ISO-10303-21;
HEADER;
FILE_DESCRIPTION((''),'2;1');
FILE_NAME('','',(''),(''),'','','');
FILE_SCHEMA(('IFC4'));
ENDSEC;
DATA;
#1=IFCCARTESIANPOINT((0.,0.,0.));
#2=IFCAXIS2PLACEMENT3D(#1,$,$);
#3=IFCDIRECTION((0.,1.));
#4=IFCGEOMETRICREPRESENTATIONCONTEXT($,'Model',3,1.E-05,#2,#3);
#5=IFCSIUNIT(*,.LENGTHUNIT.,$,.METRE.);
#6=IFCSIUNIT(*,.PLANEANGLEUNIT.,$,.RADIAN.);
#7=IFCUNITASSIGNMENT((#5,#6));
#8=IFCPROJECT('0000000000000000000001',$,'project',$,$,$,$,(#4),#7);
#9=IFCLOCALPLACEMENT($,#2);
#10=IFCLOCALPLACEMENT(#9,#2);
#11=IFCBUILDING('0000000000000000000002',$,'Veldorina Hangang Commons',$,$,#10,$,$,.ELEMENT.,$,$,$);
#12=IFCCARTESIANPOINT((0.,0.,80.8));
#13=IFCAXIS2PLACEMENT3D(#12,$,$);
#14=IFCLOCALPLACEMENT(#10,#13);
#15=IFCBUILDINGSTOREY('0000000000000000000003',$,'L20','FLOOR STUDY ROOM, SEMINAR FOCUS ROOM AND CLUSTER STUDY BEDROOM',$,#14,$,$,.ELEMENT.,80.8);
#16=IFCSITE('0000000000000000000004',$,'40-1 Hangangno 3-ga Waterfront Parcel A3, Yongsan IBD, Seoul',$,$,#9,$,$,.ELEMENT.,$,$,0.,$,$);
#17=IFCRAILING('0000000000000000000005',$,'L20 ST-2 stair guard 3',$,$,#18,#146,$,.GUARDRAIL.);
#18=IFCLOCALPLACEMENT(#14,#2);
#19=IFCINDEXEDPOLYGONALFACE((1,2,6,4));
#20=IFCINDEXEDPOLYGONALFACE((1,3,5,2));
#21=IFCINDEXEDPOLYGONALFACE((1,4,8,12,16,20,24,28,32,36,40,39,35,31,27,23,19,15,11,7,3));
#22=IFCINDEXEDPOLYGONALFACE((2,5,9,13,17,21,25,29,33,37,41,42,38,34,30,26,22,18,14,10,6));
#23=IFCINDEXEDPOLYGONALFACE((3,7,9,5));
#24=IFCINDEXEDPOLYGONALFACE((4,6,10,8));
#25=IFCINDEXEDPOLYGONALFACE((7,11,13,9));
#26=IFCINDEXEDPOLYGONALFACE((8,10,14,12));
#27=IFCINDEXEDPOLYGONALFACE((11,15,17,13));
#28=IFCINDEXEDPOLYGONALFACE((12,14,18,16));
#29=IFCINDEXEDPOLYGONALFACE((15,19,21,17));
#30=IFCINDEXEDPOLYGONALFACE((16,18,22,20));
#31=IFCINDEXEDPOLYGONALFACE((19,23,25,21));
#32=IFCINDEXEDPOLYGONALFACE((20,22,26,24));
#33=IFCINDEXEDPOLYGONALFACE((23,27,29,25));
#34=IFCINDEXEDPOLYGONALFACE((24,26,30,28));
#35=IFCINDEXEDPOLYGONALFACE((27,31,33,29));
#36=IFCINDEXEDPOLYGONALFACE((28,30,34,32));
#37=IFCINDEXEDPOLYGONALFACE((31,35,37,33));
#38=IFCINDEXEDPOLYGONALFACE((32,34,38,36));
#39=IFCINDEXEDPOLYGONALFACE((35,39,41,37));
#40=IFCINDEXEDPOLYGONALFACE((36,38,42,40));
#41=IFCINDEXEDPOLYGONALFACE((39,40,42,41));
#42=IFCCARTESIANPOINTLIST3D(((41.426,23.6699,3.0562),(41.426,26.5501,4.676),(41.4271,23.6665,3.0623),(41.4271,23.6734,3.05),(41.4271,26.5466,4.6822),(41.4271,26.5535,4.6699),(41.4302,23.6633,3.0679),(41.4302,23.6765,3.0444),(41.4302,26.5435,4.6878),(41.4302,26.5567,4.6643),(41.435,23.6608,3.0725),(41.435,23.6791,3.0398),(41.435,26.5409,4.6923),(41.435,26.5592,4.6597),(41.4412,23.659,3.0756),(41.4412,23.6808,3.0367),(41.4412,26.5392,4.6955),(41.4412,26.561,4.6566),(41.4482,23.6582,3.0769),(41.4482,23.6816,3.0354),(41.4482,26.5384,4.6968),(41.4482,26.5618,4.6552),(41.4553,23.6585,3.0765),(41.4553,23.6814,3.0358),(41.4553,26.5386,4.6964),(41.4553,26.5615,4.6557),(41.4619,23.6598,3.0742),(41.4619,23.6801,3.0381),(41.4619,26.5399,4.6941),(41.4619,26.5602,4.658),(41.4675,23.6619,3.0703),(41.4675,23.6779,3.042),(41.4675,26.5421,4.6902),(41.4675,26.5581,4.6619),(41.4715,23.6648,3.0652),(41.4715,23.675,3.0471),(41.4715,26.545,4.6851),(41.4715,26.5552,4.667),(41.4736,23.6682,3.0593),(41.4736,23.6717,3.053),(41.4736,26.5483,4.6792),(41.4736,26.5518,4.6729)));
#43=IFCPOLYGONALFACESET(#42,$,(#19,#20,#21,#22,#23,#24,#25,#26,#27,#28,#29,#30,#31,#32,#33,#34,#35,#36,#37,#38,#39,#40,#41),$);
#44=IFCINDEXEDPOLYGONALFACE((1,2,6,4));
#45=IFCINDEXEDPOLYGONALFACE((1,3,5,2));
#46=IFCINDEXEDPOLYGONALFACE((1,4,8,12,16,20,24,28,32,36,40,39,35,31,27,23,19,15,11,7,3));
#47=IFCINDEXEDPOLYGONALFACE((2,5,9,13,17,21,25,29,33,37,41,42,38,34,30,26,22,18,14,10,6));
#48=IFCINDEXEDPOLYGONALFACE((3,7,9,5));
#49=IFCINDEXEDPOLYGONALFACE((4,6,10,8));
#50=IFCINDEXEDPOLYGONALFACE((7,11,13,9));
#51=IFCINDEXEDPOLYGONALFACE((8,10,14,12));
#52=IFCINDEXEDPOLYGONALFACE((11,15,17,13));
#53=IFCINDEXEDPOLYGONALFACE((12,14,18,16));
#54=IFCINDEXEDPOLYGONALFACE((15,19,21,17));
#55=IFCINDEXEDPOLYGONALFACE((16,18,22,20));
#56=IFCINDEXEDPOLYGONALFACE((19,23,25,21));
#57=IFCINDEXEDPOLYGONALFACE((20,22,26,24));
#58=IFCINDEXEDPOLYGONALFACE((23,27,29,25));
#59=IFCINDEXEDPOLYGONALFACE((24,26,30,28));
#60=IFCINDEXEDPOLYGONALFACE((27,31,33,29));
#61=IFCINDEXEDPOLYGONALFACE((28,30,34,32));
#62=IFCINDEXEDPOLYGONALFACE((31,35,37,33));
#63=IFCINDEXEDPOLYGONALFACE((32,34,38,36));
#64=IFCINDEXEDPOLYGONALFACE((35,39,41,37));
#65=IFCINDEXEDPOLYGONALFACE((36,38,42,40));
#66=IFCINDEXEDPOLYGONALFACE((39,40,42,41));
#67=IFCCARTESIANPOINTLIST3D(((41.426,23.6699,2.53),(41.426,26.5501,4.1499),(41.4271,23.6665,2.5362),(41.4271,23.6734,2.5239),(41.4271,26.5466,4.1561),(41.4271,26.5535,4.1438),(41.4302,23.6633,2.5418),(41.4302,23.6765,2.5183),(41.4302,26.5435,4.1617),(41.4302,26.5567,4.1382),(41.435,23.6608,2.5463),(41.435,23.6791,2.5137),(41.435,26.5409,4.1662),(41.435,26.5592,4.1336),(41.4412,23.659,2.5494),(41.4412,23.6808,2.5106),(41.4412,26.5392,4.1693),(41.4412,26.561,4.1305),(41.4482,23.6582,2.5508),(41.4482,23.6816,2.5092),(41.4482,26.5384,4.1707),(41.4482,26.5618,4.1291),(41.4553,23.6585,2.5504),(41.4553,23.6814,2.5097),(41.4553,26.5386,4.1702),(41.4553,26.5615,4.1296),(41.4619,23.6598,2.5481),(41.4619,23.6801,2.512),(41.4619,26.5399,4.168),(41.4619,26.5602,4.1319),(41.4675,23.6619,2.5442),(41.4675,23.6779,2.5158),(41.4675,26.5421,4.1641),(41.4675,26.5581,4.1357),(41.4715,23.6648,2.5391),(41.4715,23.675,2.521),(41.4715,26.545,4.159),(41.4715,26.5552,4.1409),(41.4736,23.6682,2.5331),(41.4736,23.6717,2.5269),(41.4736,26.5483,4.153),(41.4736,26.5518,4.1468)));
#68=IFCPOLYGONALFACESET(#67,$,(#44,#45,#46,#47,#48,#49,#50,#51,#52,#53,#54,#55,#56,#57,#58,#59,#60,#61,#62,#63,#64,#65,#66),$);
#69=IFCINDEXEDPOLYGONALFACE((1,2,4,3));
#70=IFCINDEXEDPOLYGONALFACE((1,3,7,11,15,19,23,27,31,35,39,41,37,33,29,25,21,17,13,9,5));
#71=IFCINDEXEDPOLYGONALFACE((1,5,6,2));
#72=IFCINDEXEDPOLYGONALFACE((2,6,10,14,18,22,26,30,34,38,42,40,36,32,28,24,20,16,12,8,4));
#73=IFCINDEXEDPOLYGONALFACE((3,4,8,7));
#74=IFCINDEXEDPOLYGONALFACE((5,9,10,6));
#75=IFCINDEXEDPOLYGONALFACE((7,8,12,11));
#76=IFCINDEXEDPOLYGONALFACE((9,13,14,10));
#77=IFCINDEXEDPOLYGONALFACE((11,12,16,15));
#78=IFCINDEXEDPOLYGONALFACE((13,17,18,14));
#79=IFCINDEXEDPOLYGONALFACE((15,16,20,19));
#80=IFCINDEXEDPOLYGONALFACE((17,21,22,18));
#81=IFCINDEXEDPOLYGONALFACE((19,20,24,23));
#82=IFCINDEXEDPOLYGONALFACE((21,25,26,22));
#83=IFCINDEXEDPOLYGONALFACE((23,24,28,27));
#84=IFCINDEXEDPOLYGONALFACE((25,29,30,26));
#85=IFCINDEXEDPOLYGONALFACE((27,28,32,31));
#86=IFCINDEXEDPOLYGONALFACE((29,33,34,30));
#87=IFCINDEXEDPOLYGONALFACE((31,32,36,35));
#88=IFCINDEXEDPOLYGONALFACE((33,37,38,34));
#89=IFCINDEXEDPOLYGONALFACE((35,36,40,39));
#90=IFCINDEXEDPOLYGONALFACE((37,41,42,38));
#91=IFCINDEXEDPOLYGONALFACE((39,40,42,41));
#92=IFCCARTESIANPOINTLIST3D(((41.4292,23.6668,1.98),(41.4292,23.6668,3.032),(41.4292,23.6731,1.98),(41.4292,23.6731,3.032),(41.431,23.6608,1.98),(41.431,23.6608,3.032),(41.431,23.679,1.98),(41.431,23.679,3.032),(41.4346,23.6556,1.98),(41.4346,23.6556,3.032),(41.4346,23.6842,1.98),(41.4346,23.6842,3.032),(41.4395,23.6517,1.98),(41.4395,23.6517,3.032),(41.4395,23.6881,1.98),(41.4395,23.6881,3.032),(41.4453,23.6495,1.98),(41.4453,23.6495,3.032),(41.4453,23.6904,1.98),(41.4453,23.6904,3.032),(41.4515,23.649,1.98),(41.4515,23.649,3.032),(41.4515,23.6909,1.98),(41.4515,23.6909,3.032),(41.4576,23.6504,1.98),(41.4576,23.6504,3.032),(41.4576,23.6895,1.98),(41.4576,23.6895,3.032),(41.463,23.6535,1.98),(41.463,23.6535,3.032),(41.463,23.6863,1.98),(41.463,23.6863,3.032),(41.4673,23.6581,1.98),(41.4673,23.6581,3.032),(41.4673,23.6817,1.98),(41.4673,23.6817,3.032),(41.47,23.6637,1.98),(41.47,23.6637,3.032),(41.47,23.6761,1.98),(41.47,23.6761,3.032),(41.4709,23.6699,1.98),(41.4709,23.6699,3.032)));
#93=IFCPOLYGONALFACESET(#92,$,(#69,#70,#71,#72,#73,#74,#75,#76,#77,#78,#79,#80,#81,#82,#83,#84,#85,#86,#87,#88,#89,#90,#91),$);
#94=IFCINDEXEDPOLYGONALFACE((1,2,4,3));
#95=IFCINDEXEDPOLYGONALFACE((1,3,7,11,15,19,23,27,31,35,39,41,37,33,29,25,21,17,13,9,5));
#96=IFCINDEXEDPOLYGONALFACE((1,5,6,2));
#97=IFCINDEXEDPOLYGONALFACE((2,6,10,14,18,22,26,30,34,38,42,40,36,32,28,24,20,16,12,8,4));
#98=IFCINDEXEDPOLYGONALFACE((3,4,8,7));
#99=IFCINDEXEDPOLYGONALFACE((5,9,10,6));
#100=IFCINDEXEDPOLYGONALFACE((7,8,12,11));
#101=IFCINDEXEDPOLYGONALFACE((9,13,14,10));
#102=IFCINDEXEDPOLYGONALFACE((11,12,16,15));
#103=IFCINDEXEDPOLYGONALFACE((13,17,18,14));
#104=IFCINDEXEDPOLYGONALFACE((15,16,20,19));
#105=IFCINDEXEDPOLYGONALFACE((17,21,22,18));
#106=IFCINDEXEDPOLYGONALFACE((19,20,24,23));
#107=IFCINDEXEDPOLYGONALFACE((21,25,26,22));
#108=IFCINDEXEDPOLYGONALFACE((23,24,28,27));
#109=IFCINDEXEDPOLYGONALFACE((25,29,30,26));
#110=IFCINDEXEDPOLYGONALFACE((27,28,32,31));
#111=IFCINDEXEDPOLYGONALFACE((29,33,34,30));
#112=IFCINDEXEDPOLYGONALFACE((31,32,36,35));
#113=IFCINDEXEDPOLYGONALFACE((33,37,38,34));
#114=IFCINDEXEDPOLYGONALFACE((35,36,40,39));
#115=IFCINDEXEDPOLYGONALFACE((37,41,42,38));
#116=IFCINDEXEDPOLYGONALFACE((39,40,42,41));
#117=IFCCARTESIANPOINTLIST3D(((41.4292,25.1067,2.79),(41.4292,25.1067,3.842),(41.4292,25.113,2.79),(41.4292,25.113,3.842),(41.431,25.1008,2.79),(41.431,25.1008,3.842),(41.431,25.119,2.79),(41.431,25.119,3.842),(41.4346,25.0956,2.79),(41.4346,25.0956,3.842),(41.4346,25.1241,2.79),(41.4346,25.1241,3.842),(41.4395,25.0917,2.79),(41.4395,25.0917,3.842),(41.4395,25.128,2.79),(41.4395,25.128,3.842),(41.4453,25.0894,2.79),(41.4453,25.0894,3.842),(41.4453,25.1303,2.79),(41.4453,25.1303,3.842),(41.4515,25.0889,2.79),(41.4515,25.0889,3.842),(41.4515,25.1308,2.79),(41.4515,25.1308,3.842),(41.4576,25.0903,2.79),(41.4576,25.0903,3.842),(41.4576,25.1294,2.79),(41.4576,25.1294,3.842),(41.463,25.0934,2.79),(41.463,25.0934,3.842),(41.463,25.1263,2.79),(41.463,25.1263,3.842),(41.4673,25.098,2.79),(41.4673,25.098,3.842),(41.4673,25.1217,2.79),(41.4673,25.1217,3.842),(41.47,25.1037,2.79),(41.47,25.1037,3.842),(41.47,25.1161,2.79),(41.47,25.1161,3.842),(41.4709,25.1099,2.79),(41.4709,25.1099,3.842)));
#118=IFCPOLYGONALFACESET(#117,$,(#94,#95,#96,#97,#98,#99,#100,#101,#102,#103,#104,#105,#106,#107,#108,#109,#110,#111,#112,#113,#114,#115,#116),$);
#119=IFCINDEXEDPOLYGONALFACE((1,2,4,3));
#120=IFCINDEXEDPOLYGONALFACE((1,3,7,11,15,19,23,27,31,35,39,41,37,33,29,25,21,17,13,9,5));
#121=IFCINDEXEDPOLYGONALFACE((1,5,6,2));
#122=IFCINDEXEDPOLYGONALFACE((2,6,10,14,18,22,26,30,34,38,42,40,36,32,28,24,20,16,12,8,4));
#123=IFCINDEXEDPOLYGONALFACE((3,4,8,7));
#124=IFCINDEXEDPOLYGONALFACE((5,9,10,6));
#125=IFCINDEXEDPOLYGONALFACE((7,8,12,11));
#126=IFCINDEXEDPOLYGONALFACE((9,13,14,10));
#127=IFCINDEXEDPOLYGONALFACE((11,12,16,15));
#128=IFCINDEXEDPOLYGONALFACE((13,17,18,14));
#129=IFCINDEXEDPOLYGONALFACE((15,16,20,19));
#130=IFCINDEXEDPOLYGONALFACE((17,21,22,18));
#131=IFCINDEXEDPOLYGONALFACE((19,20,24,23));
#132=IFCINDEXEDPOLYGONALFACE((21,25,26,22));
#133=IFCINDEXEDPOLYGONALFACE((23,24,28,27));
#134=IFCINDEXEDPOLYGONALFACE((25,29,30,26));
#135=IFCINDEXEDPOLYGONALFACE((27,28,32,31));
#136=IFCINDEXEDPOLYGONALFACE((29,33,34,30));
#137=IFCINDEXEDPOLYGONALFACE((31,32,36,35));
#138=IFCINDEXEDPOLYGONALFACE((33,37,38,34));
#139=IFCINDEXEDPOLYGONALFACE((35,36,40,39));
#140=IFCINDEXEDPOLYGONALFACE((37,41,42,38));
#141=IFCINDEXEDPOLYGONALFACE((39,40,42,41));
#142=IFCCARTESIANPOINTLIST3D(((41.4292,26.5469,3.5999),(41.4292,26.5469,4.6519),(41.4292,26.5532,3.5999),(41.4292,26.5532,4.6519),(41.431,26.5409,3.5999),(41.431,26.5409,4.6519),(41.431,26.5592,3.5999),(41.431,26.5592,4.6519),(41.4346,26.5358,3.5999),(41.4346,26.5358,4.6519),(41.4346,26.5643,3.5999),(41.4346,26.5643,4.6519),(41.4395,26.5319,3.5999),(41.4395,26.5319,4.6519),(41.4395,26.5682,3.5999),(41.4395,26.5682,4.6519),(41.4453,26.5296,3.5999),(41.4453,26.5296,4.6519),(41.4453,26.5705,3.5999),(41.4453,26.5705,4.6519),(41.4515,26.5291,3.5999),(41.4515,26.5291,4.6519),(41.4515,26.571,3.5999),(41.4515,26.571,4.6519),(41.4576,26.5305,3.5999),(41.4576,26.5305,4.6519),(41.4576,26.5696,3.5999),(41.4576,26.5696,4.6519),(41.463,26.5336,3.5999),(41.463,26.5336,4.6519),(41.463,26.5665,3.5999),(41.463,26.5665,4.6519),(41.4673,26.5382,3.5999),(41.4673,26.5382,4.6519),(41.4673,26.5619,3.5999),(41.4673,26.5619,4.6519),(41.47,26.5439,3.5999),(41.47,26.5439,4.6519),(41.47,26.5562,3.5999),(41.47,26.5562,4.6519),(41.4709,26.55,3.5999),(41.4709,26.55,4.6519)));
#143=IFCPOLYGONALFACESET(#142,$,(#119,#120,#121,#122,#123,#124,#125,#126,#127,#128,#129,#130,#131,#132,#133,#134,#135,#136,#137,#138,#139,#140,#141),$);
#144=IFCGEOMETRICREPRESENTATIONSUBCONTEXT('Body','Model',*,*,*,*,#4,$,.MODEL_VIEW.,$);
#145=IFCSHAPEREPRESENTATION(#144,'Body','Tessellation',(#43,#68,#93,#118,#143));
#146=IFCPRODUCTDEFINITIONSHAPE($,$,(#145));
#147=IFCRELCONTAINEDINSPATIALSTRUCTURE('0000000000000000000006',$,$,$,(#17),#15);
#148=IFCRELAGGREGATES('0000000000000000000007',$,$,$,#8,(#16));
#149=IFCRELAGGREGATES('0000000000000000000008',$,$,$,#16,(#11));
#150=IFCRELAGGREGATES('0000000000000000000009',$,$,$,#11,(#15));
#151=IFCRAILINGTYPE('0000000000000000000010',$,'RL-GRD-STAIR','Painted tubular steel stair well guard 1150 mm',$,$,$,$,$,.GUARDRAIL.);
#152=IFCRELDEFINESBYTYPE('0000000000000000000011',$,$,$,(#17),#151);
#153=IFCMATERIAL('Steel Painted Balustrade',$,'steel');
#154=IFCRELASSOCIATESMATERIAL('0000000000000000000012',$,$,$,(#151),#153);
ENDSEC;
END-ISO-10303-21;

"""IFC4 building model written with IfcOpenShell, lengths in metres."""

from ifc_helpers import new_model, si_unit, direction, frame, origin, origin_2d, place, context, subcontext, project, spatial, circle, extrude, material, type_object, element, save


model = new_model("IFC4")

# Units and contexts
model_context = context("Model", 3, precision=1e-05, world=origin(), true_north=direction((0.0, 1.0)))
body_context = subcontext(model_context, "Body", "Model", "MODEL_VIEW")
ifc_project = project(units=[si_unit("LENGTHUNIT", "METRE"), si_unit("PLANEANGLEUNIT", "RADIAN")], contexts=[model_context])

# Site, building, storey
site_placement = place(None, origin())
site = spatial("IfcSite", under=ifc_project, at=site_placement, Name="40-1 Hangangno 3-ga Waterfront Parcel A3, Yongsan IBD, Seoul", CompositionType="ELEMENT", RefElevation=0.0)
building_placement = place(site_placement, origin())
building = spatial("IfcBuilding", under=site, at=building_placement, Name="Veldorina Hangang Commons", CompositionType="ELEMENT")
storey_placement = place(building_placement, frame((0.0, 0.0, 80.8)))
storey = spatial("IfcBuildingStorey", under=building, at=storey_placement, Name="L20", Description="FLOOR STUDY ROOM, SEMINAR FOCUS ROOM AND CLUSTER STUDY BEDROOM", CompositionType="ELEMENT", Elevation=80.8)

# Railing
ifc_material_1 = material(Name="Steel Painted Balustrade", Category="steel")
railing_type_1 = type_object("IfcRailingType", Name="RL-GRD-STAIR", Description="Painted tubular steel stair well guard 1150 mm", PredefinedType="GUARDRAIL", material=ifc_material_1)
railing_1_placement = place(storey_placement, frame((41.45, 23.6699, 1.98)))
element("IfcRailing", 1, at=railing_1_placement, inside=storey, type_object=railing_type_1, Name="L20 ST-2 stair guard 3", PredefinedType="GUARDRAIL", context=body_context, shape_type="SweptSolid", body=[
    extrude(circle(Radius=0.0239, at=origin_2d()), frame((0.0, 0.0, 1.0762), z_axis=(0.0, 0.871601, 0.490216), x_axis=(-1.0, 0.0, 0.0)), (0.0, 0.0, 1.0), 3.3044),
    extrude(circle(Radius=0.0239, at=origin_2d()), frame((0.0, 0.0, 0.55), z_axis=(0.0, 0.871601, 0.490216), x_axis=(-1.0, 0.0, 0.0)), (0.0, 0.0, 1.0), 3.3044),
    extrude(circle(Radius=0.021, at=origin_2d()), origin(), (0.0, 0.0, 1.0), 1.052),
    extrude(circle(Radius=0.021, at=origin_2d()), frame((0.0, 1.4399, 0.8101)), (0.0, 0.0, 1.0), 1.052),
    extrude(circle(Radius=0.021, at=origin_2d()), frame((0.0, 2.8801, 1.6199)), (0.0, 0.0, 1.0), 1.052),
])

save(model, "model.ifc")
